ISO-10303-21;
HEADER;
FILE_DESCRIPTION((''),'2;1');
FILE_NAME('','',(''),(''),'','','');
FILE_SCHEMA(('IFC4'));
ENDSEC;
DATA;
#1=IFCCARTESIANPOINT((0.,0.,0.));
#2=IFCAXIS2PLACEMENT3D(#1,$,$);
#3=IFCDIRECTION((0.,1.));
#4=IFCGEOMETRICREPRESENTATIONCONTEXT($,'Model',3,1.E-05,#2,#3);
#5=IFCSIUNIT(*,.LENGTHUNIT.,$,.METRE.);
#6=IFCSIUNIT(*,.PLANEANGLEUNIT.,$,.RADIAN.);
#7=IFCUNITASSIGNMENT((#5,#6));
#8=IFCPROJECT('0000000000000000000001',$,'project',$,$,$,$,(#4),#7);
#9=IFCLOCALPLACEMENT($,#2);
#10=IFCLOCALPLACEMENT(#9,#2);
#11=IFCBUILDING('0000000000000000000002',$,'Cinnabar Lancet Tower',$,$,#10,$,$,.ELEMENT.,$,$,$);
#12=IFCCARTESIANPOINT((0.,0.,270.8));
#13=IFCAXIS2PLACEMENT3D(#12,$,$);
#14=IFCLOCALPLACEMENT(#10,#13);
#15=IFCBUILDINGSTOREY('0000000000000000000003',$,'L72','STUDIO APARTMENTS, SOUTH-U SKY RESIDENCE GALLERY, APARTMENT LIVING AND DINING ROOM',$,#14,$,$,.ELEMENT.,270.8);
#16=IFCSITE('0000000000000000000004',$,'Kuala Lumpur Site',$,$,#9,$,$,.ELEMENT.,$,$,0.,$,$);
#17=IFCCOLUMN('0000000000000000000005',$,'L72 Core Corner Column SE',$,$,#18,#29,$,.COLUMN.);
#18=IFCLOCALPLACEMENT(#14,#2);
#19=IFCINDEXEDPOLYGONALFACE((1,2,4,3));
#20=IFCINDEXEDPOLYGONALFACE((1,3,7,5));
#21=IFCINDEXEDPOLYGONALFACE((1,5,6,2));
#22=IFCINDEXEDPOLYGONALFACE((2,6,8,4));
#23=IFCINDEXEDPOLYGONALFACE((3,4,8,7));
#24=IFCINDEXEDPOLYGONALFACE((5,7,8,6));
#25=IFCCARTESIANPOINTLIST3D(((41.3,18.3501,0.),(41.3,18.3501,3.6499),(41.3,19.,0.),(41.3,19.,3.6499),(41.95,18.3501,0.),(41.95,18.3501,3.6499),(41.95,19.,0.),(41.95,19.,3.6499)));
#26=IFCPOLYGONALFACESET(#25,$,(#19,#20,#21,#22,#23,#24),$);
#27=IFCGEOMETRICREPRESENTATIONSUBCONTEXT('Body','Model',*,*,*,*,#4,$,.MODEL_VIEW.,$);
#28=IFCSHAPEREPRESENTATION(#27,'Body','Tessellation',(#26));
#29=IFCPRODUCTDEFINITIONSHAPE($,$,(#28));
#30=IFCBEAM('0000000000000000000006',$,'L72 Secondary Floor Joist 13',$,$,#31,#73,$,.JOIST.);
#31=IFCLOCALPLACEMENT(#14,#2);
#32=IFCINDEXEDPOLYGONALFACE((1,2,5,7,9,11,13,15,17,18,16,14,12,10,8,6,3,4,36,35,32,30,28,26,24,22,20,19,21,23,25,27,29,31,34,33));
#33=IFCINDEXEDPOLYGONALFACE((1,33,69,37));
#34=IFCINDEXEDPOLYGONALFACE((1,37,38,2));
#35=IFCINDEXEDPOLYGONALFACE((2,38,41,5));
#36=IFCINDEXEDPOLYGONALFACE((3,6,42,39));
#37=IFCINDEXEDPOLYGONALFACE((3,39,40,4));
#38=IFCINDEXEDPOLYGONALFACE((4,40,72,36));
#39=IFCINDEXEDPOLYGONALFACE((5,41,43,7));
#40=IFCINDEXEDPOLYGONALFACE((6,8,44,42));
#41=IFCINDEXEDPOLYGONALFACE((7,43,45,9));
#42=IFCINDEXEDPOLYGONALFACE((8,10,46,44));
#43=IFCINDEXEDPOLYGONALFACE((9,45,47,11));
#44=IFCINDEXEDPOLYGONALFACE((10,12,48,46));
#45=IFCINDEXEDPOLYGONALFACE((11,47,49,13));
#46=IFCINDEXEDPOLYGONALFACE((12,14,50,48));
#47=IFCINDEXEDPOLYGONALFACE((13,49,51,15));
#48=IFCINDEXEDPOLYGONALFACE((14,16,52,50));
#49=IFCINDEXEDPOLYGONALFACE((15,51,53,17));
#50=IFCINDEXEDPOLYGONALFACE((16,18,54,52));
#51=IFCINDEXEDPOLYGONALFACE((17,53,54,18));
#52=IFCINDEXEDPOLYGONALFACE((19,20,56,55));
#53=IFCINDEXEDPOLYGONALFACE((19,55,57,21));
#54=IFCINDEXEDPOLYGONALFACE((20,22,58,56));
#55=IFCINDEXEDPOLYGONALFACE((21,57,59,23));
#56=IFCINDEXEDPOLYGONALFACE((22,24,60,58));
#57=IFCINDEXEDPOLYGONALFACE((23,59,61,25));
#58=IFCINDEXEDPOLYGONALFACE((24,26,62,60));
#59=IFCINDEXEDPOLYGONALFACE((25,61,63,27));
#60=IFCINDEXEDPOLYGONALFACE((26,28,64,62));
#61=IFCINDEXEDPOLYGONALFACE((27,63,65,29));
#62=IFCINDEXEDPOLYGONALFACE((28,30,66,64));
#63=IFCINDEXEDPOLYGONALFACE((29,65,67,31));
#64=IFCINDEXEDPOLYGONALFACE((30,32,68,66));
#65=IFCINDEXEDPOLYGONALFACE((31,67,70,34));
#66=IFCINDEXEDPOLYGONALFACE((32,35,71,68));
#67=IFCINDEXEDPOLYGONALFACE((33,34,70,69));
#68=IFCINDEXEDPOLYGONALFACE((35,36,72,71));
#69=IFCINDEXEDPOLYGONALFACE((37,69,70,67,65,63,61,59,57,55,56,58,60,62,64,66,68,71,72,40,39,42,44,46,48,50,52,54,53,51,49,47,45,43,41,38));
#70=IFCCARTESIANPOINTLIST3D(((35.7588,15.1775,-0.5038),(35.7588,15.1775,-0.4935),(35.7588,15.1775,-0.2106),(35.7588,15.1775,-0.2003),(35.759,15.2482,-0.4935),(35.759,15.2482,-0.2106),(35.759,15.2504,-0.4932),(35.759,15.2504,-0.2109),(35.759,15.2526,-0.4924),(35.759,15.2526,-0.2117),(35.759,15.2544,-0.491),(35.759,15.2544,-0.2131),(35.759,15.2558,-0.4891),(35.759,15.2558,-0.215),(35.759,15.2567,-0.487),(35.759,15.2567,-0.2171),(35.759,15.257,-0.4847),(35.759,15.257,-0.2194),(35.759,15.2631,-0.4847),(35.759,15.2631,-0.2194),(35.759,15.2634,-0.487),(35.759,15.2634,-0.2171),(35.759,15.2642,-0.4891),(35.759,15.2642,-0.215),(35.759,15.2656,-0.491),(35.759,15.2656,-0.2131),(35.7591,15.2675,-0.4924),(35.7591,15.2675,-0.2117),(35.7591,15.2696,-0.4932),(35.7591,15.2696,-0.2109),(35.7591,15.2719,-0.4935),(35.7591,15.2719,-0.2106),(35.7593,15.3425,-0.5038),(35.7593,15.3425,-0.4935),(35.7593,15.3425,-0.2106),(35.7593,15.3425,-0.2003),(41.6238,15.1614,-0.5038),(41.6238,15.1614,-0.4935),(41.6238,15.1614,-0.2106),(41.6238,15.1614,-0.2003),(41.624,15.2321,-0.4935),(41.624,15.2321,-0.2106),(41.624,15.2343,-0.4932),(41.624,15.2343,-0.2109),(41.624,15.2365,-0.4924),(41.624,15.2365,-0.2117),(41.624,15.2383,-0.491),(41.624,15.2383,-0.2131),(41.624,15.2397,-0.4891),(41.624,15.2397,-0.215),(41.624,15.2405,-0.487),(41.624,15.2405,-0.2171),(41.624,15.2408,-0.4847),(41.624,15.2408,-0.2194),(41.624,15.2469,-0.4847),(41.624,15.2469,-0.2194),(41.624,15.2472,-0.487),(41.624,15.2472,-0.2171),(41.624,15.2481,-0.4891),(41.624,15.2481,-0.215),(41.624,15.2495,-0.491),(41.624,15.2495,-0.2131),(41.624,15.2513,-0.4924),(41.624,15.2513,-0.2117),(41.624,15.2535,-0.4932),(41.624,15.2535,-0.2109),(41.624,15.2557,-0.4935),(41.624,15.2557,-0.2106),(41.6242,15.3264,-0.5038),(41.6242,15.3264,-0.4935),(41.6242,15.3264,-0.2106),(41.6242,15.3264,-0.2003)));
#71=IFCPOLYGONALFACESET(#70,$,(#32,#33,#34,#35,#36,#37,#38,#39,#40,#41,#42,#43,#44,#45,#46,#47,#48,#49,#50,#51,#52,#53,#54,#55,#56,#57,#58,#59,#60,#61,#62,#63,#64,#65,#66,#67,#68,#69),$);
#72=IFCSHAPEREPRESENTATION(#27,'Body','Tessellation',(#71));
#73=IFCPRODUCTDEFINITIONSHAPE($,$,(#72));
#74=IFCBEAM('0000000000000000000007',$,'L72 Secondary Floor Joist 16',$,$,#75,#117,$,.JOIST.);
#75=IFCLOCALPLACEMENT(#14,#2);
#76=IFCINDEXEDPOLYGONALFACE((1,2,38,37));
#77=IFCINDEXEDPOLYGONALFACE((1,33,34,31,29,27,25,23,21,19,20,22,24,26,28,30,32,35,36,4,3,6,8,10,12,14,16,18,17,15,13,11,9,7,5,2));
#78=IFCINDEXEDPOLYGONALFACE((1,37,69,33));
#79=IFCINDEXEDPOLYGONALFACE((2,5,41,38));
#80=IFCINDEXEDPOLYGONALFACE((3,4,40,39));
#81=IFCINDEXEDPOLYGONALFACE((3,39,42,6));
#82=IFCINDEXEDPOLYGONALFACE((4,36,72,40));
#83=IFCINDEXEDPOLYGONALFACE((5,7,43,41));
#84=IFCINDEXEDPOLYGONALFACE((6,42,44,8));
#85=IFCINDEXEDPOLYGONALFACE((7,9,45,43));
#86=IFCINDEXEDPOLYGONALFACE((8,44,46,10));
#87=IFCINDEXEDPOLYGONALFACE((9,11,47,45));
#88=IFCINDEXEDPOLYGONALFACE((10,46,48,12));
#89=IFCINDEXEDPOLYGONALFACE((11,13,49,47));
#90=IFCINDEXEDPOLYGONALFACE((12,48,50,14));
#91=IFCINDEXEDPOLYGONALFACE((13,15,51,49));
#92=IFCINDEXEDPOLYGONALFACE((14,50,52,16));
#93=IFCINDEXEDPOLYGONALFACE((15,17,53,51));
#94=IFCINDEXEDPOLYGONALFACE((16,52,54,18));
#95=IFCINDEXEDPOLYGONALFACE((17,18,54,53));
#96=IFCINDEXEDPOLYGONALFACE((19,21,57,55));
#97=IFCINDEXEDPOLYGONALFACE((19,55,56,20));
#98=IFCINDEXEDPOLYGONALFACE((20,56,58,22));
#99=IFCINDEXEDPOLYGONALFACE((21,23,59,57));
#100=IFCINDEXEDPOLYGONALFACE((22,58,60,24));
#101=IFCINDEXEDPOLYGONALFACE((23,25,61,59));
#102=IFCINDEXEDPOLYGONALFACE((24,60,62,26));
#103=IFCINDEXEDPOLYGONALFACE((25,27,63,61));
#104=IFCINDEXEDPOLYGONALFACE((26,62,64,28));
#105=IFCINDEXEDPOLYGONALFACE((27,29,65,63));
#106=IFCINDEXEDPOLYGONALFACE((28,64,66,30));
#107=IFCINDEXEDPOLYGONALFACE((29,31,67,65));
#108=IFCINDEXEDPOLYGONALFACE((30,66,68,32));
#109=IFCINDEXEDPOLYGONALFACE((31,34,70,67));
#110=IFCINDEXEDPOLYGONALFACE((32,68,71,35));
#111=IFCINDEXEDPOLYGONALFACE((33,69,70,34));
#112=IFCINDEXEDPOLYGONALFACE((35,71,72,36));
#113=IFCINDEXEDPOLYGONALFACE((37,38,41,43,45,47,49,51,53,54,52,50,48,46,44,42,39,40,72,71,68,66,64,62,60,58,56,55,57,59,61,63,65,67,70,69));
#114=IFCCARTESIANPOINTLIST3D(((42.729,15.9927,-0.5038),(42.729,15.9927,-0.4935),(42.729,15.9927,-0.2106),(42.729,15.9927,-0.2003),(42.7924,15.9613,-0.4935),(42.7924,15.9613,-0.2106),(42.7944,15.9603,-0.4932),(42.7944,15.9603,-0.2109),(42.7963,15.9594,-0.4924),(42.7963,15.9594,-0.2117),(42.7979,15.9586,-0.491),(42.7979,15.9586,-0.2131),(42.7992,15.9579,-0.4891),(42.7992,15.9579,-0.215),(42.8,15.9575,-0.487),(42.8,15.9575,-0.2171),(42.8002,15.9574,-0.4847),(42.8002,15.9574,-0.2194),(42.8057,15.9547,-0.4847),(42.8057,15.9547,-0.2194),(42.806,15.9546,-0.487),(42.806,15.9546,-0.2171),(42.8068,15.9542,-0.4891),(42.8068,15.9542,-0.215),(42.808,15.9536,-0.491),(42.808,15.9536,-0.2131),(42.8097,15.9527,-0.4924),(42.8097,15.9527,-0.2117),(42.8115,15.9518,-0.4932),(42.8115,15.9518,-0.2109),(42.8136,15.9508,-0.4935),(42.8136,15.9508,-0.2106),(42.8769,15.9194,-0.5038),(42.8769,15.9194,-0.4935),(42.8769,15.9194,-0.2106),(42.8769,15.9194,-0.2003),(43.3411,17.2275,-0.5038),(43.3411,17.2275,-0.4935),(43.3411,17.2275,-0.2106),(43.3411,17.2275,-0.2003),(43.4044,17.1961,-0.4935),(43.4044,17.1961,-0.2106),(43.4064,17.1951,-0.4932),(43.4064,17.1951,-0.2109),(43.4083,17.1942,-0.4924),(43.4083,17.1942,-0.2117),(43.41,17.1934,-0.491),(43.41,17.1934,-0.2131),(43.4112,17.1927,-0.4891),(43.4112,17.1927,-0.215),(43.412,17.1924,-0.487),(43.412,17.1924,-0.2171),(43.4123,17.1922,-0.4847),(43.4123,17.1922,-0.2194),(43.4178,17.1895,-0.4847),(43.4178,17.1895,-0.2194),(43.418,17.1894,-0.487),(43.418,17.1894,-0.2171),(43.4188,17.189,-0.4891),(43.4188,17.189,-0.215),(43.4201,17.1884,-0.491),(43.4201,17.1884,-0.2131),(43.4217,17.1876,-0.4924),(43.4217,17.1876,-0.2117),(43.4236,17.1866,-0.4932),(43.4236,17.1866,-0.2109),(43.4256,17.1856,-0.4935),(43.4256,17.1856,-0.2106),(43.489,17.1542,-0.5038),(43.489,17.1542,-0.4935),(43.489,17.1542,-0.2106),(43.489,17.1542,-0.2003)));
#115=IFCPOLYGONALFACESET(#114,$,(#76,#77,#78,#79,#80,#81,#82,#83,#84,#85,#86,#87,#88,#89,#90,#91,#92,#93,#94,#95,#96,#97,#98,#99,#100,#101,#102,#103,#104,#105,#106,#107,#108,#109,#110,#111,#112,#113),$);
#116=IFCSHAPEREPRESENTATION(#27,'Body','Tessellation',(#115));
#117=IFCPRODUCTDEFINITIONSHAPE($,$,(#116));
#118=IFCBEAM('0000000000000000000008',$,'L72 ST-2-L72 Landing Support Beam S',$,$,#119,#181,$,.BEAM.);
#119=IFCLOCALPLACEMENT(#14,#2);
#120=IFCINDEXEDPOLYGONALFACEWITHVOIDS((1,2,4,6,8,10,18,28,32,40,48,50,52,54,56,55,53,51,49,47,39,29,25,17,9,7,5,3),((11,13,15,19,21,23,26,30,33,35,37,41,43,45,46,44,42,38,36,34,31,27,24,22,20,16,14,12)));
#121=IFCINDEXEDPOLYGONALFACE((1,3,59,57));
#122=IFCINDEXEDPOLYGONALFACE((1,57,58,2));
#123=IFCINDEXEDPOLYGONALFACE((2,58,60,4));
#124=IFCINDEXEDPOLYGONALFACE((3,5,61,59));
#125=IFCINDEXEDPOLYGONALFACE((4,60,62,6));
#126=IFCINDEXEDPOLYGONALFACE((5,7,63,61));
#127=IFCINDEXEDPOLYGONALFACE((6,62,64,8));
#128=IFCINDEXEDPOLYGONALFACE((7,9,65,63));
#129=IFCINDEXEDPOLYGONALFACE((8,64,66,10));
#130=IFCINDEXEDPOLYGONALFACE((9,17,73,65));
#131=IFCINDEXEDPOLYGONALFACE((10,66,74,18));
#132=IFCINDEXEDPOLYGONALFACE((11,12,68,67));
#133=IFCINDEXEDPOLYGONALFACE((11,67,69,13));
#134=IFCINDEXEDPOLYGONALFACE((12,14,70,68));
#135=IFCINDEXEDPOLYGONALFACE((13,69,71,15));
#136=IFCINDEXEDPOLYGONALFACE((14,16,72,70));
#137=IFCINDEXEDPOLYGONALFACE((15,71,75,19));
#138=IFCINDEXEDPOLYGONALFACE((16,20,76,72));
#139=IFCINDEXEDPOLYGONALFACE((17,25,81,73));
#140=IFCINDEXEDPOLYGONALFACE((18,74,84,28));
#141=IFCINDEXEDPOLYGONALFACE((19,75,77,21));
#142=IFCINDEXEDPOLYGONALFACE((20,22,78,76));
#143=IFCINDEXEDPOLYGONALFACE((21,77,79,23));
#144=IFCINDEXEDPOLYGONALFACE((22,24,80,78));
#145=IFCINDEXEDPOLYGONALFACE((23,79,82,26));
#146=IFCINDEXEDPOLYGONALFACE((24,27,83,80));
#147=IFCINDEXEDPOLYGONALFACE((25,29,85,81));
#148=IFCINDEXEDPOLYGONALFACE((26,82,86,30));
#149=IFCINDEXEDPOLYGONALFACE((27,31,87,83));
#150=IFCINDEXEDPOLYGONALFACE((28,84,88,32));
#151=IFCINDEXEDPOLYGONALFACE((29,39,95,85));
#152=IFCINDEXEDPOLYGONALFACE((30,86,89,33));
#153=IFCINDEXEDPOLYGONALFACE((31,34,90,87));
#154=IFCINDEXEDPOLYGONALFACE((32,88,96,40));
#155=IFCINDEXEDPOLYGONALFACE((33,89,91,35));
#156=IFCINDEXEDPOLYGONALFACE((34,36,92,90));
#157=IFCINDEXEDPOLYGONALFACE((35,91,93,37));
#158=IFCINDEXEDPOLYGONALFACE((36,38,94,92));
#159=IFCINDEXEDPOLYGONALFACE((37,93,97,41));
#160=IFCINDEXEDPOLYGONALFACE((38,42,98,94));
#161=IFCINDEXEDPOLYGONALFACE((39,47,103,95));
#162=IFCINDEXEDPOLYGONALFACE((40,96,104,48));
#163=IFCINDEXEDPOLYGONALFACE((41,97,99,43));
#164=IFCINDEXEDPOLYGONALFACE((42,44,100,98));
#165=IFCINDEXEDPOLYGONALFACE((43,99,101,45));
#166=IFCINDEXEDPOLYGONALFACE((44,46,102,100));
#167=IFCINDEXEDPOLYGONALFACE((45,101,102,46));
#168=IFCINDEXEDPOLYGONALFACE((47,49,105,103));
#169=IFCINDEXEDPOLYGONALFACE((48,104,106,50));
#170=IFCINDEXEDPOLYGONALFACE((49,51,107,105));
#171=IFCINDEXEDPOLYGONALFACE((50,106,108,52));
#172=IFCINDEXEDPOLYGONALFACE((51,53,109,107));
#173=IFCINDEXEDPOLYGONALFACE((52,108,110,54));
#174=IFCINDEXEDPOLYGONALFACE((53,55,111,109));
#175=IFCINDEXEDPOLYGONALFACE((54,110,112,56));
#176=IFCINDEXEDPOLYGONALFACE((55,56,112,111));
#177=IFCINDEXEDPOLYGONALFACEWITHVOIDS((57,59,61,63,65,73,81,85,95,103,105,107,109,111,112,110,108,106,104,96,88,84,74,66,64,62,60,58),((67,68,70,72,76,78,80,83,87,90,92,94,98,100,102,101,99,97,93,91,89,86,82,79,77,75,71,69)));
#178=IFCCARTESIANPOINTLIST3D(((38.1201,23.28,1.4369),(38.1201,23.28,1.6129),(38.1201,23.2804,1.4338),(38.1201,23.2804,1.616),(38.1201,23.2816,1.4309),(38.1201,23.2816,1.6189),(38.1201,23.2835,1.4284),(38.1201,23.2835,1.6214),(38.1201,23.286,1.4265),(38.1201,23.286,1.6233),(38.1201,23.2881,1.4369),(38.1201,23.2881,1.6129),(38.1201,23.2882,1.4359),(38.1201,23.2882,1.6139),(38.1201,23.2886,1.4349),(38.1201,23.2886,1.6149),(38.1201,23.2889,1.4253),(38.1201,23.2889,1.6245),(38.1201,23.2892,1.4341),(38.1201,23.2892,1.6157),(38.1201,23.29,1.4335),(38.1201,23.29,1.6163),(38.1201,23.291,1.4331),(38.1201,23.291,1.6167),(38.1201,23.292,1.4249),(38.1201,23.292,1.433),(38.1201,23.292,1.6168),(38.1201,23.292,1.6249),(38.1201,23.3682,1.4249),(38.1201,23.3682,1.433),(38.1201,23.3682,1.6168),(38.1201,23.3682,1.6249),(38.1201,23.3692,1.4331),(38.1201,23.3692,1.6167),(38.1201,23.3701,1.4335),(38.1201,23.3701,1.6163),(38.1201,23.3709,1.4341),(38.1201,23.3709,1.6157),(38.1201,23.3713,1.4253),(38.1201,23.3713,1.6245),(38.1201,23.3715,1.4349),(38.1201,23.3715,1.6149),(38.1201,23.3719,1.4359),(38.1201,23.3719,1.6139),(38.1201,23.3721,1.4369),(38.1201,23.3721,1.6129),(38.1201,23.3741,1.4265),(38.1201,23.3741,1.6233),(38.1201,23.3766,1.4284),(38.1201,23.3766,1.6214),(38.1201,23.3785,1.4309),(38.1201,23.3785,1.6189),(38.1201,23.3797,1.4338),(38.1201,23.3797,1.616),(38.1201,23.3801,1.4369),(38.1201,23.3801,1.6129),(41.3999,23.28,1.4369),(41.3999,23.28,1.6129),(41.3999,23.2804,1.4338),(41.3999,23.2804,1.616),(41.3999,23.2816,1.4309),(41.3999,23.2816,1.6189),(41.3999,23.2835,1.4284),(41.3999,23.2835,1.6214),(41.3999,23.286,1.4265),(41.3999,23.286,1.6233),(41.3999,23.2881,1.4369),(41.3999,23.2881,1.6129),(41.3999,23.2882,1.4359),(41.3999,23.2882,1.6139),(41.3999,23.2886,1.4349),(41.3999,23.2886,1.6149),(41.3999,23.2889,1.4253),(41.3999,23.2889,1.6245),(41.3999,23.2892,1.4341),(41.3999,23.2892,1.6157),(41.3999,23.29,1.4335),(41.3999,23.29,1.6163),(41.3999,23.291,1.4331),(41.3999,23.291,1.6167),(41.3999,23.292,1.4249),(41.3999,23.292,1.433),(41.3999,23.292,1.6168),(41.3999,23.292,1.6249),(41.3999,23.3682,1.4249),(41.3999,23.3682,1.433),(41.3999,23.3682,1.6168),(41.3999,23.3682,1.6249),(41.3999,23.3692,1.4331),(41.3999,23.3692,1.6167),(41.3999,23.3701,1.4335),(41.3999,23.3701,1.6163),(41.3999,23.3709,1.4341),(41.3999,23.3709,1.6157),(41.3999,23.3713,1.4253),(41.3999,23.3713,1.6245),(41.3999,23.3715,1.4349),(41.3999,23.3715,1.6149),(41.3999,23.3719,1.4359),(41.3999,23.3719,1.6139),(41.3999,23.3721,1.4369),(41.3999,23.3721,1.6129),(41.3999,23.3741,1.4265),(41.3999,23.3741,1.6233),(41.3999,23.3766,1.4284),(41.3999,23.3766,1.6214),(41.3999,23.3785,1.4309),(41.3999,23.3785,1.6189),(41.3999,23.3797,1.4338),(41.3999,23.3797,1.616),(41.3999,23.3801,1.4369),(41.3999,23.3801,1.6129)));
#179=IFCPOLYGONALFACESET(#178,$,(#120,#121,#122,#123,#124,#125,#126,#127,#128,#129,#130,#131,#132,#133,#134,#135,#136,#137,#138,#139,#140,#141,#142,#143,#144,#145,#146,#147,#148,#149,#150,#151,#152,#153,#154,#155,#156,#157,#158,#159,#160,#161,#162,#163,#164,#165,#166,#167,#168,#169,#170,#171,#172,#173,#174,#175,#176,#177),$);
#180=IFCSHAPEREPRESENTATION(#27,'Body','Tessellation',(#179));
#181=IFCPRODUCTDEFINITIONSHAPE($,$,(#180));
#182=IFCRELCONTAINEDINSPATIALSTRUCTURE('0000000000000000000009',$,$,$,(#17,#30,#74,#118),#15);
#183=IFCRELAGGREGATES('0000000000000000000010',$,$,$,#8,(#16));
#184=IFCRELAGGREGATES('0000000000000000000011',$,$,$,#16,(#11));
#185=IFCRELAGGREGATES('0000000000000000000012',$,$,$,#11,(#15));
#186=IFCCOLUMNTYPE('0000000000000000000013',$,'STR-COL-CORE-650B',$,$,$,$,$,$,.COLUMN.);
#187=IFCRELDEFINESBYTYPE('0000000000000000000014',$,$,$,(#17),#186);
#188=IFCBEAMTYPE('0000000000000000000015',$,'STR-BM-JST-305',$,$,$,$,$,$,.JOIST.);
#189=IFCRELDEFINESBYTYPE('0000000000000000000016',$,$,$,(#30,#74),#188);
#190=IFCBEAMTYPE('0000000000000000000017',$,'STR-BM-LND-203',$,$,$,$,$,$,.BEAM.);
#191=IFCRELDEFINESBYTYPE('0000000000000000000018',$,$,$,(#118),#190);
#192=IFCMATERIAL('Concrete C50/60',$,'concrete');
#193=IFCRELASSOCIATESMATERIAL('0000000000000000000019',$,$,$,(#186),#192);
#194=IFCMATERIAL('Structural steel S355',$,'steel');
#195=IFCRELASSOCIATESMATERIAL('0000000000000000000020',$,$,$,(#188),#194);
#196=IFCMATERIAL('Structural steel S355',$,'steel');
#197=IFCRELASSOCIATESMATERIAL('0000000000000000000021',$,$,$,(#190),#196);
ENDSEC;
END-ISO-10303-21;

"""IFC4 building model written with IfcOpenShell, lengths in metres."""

from ifc_helpers import new_model, si_unit, direction, frame, origin, origin_2d, place, context, subcontext, project, spatial, rectangle, hollow_rectangle, i_section, extrude, material, material_profile, profile_set, type_object, element, save


model = new_model("IFC4")

# Units and contexts
model_context = context("Model", 3, precision=1e-05, world=origin(), true_north=direction((0.0, 1.0)))
body_context = subcontext(model_context, "Body", "Model", "MODEL_VIEW")
ifc_project = project(units=[si_unit("LENGTHUNIT", "METRE"), si_unit("PLANEANGLEUNIT", "RADIAN")], contexts=[model_context])

# Site, building, storey
site_placement = place(None, origin())
site = spatial("IfcSite", under=ifc_project, at=site_placement, Name="Kuala Lumpur Site", CompositionType="ELEMENT", RefElevation=0.0)
building_placement = place(site_placement, origin())
building = spatial("IfcBuilding", under=site, at=building_placement, Name="Cinnabar Lancet Tower", CompositionType="ELEMENT")
storey_placement = place(building_placement, frame((0.0, 0.0, 270.8)))
storey = spatial("IfcBuildingStorey", under=building, at=storey_placement, Name="L72", Description="STUDIO APARTMENTS, SOUTH-U SKY RESIDENCE GALLERY, APARTMENT LIVING AND DINING ROOM", CompositionType="ELEMENT", Elevation=270.8)

# Column
ifc_material_1 = material(Name="Concrete C50/60", Category="concrete")
ifc_material_profile_1 = material_profile(ifc_material_1, rectangle(XDim=0.6499, YDim=0.6499, at=origin_2d()), Name="RC-COL 650x650")
ifc_profile_set_1 = profile_set([ifc_material_profile_1], Name="Concrete C50/60")
column_type = type_object("IfcColumnType", Name="STR-COL-CORE-650B", PredefinedType="COLUMN", material=ifc_profile_set_1)
column_placement = place(storey_placement, frame((41.625, 18.675, 0.0), z_axis=(0.0, 0.0, 1.0), x_axis=(1.0, 0.0, 0.0)))
element("IfcColumn", 1, at=column_placement, inside=storey, type_object=column_type, Name="L72 Core Corner Column SE", PredefinedType="COLUMN", context=body_context, shape_type="SweptSolid", body=[
    extrude(rectangle(XDim=0.6499, YDim=0.6499, at=origin_2d()), origin(), (0.0, 0.0, 1.0), 3.6499),
])

# Beams
ifc_material_2 = material(Name="Structural steel S355", Category="steel")
ifc_material_profile_2 = material_profile(ifc_material_2, i_section(OverallWidth=0.165, OverallDepth=0.3035, WebThickness=0.0061, FlangeThickness=0.0103, FilletRadius=0.0088, at=origin_2d()), Name="UKB 305x165x40")
ifc_profile_set_2 = profile_set([ifc_material_profile_2], Name="Structural steel S355")
beam_type_1 = type_object("IfcBeamType", Name="STR-BM-JST-305", PredefinedType="JOIST", material=ifc_profile_set_2)
beam_1_placement = place(storey_placement, frame((35.759, 15.26, -0.3521), z_axis=(0.999996, -0.002747, 0.0), x_axis=(0.002747, 0.999996, 0.0)))
element("IfcBeam", 2, at=beam_1_placement, inside=storey, type_object=beam_type_1, Name="L72 Secondary Floor Joist 13", PredefinedType="JOIST", context=body_context, shape_type="SweptSolid", body=[
    extrude(i_section(OverallWidth=0.165, OverallDepth=0.3035, WebThickness=0.0061, FlangeThickness=0.0103, FilletRadius=0.0088, at=origin_2d()), origin(), (0.0, 0.0, 1.0), 5.865),
])
beam_2_placement = place(storey_placement, frame((42.803, 15.9561, -0.3521), z_axis=(0.444093, 0.895981, 0.0), x_axis=(-0.895981, 0.444093, 0.0)))
element("IfcBeam", 3, at=beam_2_placement, inside=storey, type_object=beam_type_1, Name="L72 Secondary Floor Joist 16", PredefinedType="JOIST", context=body_context, shape_type="SweptSolid", body=[
    extrude(i_section(OverallWidth=0.165, OverallDepth=0.3035, WebThickness=0.0061, FlangeThickness=0.0103, FilletRadius=0.0088, at=origin_2d()), origin(), (0.0, 0.0, 1.0), 1.3782),
])
ifc_material_3 = material(Name="Structural steel S355", Category="steel")
ifc_material_profile_3 = material_profile(ifc_material_3, hollow_rectangle(XDim=0.1001, YDim=0.2, WallThickness=0.0081, InnerFilletRadius=0.0039, OuterFilletRadius=0.012, at=origin_2d()), Name="RHS 200x100x8")
ifc_profile_set_3 = profile_set([ifc_material_profile_3], Name="Structural steel S355")
beam_type_2 = type_object("IfcBeamType", Name="STR-BM-LND-203", PredefinedType="BEAM", material=ifc_profile_set_3)
for number, where, z_axis, x_axis, name in (
    (4, (38.1201, 23.3301, 1.5249), (1.0, 0.0, 0.0), (0.0, 1.0, 0.0), "L72 ST-2-L72 Landing Support Beam S"),
):
    element("IfcBeam", number, at=place(storey_placement, frame(where, z_axis=z_axis, x_axis=x_axis)), inside=storey, type_object=beam_type_2, Name=name, PredefinedType="BEAM", context=body_context, shape_type="SweptSolid", body=[
        extrude(hollow_rectangle(XDim=0.1001, YDim=0.2, WallThickness=0.0081, InnerFilletRadius=0.0039, OuterFilletRadius=0.012, at=origin_2d()), origin(), (0.0, 0.0, 1.0), 3.2798),
    ])

save(model, "model.ifc")
